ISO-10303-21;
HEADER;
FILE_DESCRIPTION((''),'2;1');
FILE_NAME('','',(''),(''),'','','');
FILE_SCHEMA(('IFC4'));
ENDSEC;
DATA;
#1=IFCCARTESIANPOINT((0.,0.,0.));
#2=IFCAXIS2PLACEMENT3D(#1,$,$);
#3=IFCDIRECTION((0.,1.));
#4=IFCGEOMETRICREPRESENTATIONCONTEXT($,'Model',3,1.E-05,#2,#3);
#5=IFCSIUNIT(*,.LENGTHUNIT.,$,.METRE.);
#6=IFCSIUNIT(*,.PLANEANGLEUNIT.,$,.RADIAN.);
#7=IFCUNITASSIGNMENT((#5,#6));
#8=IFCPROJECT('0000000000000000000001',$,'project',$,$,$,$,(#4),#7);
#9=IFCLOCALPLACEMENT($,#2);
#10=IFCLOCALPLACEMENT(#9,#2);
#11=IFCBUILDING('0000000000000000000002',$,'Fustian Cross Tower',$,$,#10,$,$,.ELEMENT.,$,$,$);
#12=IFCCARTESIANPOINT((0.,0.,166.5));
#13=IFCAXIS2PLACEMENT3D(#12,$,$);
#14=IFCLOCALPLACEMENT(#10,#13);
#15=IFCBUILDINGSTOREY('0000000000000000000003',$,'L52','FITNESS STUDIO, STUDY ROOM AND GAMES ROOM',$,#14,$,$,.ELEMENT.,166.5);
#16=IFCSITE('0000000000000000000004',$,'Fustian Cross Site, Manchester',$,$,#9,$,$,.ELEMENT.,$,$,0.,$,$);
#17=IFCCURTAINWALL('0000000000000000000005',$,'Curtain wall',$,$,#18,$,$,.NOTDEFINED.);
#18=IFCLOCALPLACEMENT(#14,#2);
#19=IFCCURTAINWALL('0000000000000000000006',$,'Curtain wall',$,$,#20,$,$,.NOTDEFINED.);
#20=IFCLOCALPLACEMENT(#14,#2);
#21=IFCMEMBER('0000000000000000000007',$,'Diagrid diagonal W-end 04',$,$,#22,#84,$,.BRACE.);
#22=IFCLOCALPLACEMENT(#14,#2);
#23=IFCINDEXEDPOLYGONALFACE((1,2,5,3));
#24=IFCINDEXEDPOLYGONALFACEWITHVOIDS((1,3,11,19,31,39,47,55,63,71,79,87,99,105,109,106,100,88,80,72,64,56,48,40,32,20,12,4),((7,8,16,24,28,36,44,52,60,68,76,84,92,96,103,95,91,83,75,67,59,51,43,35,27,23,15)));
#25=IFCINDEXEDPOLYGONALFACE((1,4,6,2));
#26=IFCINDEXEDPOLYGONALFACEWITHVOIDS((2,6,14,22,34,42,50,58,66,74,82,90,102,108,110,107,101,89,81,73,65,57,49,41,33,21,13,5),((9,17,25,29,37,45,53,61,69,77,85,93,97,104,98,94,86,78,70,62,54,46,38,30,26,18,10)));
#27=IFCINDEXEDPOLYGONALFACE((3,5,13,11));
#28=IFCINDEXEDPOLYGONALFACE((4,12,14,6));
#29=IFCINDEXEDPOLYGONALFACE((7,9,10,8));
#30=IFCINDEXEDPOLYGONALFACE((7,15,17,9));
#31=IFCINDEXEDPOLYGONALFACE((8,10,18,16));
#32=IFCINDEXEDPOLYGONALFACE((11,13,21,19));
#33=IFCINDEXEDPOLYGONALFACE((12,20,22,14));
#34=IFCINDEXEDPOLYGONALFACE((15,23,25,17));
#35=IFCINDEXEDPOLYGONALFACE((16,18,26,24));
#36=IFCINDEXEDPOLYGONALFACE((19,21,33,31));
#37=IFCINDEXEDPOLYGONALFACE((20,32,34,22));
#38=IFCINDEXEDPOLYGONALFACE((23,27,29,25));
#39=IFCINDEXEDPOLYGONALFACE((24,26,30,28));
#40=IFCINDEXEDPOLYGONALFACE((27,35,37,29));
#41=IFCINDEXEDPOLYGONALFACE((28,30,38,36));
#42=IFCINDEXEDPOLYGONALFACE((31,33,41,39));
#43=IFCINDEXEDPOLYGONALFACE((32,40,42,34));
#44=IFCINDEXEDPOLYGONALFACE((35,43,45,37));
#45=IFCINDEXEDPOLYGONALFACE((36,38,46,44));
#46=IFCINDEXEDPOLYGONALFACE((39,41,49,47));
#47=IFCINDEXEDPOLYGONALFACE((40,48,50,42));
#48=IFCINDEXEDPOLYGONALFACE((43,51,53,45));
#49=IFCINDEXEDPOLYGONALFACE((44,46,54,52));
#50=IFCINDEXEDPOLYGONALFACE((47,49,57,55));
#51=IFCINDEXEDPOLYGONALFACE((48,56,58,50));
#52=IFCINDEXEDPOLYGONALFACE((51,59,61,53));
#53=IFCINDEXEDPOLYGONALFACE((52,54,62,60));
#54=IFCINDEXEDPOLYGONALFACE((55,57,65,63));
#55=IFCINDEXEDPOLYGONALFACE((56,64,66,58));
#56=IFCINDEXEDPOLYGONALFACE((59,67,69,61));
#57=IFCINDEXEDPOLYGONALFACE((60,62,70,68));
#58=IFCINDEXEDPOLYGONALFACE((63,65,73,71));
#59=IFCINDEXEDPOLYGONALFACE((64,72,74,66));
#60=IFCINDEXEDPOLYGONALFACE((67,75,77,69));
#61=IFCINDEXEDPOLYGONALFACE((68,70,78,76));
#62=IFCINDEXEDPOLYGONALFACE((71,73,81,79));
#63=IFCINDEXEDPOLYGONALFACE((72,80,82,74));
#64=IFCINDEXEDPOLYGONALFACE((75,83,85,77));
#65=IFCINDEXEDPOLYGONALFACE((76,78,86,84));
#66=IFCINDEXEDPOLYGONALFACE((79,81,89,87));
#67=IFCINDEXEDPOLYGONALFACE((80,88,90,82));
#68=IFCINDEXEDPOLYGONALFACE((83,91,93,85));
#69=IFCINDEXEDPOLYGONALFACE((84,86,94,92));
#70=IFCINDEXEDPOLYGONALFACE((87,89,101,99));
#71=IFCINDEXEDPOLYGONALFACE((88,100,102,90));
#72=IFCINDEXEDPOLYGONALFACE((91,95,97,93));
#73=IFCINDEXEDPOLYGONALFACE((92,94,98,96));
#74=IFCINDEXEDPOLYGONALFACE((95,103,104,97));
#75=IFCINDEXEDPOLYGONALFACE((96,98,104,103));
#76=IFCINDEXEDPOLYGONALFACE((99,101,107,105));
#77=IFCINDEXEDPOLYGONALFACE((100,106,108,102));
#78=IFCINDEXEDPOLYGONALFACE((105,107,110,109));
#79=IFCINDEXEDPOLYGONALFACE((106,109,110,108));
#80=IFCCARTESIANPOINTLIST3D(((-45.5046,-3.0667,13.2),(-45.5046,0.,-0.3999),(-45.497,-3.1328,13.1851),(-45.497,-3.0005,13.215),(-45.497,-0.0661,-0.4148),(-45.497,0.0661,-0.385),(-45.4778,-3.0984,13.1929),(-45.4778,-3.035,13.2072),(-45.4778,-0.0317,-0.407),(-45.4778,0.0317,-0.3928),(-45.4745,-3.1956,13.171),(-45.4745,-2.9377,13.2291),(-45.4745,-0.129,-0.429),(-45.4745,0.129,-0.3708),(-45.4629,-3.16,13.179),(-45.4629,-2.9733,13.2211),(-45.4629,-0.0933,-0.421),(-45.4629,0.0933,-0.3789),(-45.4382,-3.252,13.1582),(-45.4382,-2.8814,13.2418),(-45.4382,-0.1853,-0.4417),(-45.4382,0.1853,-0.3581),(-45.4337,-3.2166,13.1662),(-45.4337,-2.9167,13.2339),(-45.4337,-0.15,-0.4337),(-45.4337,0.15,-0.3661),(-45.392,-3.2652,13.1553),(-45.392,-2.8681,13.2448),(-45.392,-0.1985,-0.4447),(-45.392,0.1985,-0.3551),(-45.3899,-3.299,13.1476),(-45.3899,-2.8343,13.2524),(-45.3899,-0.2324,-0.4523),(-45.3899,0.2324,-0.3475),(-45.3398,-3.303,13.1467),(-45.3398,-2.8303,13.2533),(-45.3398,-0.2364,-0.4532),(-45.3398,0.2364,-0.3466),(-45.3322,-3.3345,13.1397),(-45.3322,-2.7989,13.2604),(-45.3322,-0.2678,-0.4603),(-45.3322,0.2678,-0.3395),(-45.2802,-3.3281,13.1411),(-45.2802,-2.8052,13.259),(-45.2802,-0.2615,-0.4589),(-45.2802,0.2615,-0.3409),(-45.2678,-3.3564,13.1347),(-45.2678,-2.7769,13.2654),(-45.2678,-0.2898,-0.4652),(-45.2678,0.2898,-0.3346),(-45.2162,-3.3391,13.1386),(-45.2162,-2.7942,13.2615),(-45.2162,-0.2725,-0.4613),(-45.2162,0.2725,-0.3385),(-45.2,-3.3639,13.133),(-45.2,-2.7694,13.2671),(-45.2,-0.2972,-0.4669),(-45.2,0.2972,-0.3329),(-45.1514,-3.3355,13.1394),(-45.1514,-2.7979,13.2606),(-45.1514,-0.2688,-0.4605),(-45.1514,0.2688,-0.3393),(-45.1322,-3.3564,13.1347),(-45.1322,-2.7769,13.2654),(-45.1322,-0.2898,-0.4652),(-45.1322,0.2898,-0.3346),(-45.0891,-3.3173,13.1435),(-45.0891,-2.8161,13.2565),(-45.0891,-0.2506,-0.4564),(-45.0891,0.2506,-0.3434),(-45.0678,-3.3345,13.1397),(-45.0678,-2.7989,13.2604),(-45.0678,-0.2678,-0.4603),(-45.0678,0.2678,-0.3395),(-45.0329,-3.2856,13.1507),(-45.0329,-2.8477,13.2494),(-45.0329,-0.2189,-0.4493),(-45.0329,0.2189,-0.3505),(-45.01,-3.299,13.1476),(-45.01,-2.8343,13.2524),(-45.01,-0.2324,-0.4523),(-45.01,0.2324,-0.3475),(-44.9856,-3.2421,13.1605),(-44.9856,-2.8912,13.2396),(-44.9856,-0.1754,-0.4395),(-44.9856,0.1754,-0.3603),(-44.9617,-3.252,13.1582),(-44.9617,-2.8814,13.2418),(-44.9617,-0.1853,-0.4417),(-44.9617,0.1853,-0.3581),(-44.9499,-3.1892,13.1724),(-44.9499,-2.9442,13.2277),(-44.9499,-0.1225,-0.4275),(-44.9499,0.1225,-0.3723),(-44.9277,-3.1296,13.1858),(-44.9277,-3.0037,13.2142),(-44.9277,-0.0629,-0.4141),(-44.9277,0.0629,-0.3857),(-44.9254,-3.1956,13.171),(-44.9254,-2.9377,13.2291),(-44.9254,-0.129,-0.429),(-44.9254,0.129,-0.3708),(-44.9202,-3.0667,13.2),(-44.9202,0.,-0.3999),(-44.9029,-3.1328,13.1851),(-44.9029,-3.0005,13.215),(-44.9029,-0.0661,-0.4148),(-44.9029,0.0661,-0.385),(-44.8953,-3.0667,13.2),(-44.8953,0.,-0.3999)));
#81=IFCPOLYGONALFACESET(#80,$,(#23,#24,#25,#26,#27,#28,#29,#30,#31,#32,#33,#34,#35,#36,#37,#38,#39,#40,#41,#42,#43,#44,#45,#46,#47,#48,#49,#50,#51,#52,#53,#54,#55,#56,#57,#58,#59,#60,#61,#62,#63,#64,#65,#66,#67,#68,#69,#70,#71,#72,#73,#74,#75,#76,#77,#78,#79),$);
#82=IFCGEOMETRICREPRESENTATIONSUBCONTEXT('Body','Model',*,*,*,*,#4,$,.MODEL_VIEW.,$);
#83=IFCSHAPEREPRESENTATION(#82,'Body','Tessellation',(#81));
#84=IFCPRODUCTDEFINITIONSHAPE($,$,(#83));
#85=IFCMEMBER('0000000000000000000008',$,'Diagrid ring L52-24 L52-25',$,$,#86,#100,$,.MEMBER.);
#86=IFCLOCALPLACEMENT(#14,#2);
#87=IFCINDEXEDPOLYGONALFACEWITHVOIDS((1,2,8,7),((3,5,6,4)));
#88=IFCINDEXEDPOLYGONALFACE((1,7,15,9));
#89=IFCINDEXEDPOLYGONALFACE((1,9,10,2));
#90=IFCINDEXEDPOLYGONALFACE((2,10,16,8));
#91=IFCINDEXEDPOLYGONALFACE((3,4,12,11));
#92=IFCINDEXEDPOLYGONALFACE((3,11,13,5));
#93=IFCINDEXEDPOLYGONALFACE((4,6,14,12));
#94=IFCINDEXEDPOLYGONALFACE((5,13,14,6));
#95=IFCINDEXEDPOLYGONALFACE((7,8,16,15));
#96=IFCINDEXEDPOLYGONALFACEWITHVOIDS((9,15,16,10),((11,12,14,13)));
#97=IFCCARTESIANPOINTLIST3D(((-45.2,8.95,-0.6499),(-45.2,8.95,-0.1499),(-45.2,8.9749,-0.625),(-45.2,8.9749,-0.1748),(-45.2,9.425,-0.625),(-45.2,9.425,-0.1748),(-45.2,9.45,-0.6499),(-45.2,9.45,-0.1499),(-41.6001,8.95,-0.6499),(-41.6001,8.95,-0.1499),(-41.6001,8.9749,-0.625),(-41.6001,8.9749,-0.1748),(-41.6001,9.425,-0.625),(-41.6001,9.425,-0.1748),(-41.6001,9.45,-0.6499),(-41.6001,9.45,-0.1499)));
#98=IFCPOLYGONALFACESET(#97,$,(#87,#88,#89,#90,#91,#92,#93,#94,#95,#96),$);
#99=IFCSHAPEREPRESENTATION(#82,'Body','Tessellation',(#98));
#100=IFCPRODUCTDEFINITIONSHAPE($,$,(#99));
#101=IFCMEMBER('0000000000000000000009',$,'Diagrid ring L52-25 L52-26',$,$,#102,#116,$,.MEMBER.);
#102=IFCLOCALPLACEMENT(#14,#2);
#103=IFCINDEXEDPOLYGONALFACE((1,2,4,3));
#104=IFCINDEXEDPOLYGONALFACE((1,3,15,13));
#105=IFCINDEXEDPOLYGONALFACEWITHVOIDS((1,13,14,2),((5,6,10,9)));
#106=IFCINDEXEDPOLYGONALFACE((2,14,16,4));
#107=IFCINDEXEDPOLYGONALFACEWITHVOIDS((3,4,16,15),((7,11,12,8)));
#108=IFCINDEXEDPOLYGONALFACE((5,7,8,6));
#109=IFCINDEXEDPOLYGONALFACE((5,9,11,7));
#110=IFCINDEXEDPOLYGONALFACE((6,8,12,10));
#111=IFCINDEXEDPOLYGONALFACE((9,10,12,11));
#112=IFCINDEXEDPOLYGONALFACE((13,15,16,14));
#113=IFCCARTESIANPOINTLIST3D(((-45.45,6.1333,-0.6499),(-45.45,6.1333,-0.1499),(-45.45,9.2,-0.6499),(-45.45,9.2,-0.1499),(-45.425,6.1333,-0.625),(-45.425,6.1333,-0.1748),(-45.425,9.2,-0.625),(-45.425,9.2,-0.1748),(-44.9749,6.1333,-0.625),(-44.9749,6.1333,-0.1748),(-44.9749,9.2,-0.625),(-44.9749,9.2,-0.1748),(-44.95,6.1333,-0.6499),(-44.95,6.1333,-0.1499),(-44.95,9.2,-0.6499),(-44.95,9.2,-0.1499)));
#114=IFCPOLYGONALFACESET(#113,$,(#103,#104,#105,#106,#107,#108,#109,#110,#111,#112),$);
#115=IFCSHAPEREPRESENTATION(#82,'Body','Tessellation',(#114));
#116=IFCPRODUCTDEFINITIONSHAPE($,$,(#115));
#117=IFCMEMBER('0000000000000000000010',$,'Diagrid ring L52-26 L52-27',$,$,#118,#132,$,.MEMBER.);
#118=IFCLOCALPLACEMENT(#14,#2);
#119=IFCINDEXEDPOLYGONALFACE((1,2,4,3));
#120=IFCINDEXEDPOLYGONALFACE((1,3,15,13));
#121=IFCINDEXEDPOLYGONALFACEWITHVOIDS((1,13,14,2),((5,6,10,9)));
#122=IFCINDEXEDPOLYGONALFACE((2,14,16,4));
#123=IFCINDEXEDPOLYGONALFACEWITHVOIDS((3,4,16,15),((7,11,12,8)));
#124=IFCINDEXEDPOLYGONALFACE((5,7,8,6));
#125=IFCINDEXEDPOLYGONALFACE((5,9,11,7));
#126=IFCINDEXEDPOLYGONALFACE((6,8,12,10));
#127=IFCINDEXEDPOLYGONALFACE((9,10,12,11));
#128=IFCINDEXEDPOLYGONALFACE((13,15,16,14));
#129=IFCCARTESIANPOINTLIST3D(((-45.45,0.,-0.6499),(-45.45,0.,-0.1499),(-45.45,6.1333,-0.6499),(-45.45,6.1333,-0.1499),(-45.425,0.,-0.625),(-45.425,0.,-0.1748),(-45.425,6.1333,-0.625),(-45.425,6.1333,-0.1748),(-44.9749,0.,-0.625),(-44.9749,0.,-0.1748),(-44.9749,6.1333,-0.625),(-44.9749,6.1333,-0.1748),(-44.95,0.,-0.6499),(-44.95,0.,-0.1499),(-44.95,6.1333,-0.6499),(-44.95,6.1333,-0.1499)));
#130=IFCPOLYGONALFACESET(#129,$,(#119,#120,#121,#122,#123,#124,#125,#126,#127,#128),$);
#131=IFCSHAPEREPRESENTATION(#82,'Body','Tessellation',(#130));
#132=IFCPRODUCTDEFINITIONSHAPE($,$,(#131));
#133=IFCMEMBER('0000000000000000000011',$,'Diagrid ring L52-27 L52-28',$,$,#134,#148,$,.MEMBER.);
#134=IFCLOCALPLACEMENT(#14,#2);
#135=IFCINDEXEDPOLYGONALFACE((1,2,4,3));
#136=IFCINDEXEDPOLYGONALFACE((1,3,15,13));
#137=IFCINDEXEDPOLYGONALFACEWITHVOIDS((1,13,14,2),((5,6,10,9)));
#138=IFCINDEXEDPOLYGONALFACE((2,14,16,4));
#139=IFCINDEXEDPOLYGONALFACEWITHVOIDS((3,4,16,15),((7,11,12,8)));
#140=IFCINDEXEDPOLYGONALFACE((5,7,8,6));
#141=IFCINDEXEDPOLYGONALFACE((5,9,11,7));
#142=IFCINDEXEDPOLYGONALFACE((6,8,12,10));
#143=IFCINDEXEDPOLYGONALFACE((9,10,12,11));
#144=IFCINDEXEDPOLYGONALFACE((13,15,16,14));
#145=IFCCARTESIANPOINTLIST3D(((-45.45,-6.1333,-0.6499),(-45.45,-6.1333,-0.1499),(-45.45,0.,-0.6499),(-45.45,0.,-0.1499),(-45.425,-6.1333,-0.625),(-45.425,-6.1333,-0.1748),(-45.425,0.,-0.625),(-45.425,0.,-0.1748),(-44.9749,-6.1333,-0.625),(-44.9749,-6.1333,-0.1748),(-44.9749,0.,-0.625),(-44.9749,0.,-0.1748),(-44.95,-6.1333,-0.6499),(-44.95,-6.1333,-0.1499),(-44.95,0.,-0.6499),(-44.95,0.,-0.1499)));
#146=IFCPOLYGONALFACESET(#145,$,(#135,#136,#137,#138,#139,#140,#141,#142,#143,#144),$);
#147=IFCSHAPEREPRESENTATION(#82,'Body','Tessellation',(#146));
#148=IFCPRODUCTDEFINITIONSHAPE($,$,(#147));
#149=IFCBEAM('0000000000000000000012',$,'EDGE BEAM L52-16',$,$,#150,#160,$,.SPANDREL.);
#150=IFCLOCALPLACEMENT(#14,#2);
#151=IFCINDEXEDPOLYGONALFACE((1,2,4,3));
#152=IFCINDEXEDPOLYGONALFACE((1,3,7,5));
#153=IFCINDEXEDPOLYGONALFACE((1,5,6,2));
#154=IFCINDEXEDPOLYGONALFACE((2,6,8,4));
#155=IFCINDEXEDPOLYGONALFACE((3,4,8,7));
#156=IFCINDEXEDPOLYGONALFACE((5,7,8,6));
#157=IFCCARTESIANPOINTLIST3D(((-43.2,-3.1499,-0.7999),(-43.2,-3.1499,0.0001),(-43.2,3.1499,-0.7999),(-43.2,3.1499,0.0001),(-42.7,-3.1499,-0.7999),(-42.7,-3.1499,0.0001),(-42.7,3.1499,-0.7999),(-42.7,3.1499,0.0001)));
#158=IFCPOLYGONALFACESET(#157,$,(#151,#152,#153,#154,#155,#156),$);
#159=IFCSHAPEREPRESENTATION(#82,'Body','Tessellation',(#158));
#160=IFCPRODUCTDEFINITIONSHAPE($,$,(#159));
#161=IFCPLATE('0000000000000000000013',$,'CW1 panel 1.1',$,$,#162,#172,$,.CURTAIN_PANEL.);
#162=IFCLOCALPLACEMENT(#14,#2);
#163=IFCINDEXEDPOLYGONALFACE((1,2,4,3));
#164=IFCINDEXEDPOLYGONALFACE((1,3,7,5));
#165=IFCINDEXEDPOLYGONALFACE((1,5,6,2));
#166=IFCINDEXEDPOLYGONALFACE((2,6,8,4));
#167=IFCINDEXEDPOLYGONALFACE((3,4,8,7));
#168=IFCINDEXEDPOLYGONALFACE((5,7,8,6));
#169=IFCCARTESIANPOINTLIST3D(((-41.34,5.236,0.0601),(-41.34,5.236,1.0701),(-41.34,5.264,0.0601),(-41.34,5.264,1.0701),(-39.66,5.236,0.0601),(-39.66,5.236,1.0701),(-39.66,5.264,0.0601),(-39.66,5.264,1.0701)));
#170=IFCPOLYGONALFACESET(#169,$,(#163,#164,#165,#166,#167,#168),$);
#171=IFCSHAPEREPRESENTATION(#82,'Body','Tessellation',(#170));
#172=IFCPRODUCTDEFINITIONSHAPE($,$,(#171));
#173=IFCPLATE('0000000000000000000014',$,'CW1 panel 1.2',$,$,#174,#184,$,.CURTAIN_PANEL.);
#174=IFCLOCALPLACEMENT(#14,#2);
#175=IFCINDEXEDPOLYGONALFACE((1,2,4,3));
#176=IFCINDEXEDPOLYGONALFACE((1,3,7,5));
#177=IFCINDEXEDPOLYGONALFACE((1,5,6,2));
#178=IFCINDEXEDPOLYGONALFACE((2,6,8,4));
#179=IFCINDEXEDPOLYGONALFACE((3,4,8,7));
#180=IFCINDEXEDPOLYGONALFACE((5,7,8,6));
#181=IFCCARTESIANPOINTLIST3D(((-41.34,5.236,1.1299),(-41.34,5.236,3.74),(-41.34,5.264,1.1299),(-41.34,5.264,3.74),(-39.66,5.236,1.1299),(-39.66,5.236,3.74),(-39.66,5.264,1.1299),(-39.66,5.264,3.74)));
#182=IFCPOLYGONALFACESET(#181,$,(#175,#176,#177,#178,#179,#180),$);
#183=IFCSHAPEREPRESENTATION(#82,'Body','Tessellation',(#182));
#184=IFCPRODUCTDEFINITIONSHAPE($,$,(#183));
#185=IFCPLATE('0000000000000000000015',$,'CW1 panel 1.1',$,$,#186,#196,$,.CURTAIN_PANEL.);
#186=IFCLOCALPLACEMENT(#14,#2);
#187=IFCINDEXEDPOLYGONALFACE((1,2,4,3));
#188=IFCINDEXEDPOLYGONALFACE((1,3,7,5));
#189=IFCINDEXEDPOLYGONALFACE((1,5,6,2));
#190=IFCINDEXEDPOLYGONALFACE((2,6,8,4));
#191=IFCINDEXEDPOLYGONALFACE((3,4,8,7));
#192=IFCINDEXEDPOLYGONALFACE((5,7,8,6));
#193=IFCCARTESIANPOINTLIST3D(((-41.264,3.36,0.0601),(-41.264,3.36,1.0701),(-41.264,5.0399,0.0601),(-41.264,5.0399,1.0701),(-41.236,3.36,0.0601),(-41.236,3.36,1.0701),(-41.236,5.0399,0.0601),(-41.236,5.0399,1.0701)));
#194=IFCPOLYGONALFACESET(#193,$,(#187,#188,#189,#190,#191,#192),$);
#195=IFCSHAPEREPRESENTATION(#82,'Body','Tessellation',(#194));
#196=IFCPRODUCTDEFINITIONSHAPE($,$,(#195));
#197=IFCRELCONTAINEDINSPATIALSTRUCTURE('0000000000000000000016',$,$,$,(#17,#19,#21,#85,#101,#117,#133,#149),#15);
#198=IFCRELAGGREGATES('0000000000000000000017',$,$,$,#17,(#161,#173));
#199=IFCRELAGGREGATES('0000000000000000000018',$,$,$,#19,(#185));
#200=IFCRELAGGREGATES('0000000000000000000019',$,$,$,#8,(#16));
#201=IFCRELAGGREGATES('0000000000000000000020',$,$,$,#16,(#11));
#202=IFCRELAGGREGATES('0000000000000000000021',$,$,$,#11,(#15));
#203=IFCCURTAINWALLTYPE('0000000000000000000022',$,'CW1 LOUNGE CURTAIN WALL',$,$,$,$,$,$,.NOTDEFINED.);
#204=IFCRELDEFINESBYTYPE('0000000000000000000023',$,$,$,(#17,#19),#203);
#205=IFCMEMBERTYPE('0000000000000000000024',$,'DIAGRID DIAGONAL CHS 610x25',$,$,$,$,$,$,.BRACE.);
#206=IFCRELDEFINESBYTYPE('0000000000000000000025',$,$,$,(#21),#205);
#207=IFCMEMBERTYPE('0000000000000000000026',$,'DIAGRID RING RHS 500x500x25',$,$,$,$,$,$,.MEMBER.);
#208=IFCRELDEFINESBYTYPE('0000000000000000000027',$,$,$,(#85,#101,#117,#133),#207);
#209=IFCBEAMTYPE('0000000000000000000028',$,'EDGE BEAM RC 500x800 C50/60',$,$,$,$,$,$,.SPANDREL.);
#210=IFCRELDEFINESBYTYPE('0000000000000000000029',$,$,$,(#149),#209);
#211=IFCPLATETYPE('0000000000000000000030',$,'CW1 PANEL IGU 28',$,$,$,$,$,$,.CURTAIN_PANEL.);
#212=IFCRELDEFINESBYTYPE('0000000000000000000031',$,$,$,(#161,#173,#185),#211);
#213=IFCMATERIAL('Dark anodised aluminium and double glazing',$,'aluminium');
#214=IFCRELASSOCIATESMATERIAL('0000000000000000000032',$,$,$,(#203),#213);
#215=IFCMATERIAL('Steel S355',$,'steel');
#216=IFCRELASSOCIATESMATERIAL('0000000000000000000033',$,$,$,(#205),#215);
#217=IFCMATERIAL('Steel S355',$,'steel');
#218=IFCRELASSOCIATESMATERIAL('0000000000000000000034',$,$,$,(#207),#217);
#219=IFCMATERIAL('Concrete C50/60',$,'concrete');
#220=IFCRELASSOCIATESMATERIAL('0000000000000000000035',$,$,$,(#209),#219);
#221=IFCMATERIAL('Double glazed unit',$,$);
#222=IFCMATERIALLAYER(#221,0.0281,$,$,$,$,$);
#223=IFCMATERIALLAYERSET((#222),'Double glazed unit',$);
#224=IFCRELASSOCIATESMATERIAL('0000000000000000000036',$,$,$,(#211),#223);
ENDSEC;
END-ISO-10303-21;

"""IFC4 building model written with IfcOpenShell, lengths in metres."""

from ifc_helpers import new_model, si_unit, direction, frame, origin, origin_2d, place, context, subcontext, project, spatial, rectangle, hollow_rectangle, hollow_circle, extrude, material, layer, layer_set, material_profile, profile_set, type_object, element, aggregate, save


model = new_model("IFC4")

# Units and contexts
model_context = context("Model", 3, precision=1e-05, world=origin(), true_north=direction((0.0, 1.0)))
body_context = subcontext(model_context, "Body", "Model", "MODEL_VIEW")
ifc_project = project(units=[si_unit("LENGTHUNIT", "METRE"), si_unit("PLANEANGLEUNIT", "RADIAN")], contexts=[model_context])

# Site, building, storey
site_placement = place(None, origin())
site = spatial("IfcSite", under=ifc_project, at=site_placement, Name="Fustian Cross Site, Manchester", CompositionType="ELEMENT", RefElevation=0.0)
building_placement = place(site_placement, origin())
building = spatial("IfcBuilding", under=site, at=building_placement, Name="Fustian Cross Tower", CompositionType="ELEMENT")
storey_placement = place(building_placement, frame((0.0, 0.0, 166.5)))
storey = spatial("IfcBuildingStorey", under=building, at=storey_placement, Name="L52", Description="FITNESS STUDIO, STUDY ROOM AND GAMES ROOM", CompositionType="ELEMENT", Elevation=166.5)

# Curtain wall
ifc_material_1 = material(Name="Dark anodised aluminium and double glazing", Category="aluminium")
curtain_wall_type = type_object("IfcCurtainWallType", Name="CW1 LOUNGE CURTAIN WALL", PredefinedType="NOTDEFINED", material=ifc_material_1)
curtain_wall_1_placement = place(storey_placement, origin())
curtain_wall_1 = element("IfcCurtainWall", 1, at=curtain_wall_1_placement, inside=storey, type_object=curtain_wall_type, Name="Curtain wall", PredefinedType="NOTDEFINED")

# Curtain wall
curtain_wall_2_placement = place(storey_placement, origin())
curtain_wall_2 = element("IfcCurtainWall", 2, at=curtain_wall_2_placement, inside=storey, type_object=curtain_wall_type, Name="Curtain wall", PredefinedType="NOTDEFINED")

# Members
ifc_material_2 = material(Name="Steel S355", Category="steel")
ifc_material_profile_1 = material_profile(ifc_material_2, hollow_circle(Radius=0.3047, WallThickness=0.0249, at=origin_2d()), Name="CHS 610x25")
ifc_profile_set_1 = profile_set([ifc_material_profile_1], Name="Steel S355")
member_type_1 = type_object("IfcMemberType", Name="DIAGRID DIAGONAL CHS 610x25", PredefinedType="BRACE", material=ifc_profile_set_1)
for number, where, z_axis, x_axis, name in (
    (3, (-45.2, 0.0, -0.3999), (0.0, -0.219968, 0.975507), (1.0, 0.0, 0.0), "Diagrid diagonal W-end 04"),
):
    element("IfcMember", number, at=place(storey_placement, frame(where, z_axis=z_axis, x_axis=x_axis)), inside=storey, type_object=member_type_1, Name=name, PredefinedType="BRACE", context=body_context, shape_type="SweptSolid", body=[
        extrude(hollow_circle(Radius=0.3047, WallThickness=0.0249, at=origin_2d()), origin(), (0.0, 0.0, 1.0), 13.9414),
    ])
ifc_material_3 = material(Name="Steel S355", Category="steel")
ifc_material_profile_2 = material_profile(ifc_material_3, hollow_rectangle(XDim=0.5, YDim=0.5, WallThickness=0.0249, at=origin_2d()), Name="RHS 500x500x25")
ifc_profile_set_2 = profile_set([ifc_material_profile_2], Name="Steel S355")
member_type_2 = type_object("IfcMemberType", Name="DIAGRID RING RHS 500x500x25", PredefinedType="MEMBER", material=ifc_profile_set_2)
member_1_placement = place(storey_placement, frame((-41.6001, 9.2, -0.3999), z_axis=(-1.0, 0.0, 0.0), x_axis=(0.0, -1.0, 0.0)))
element("IfcMember", 4, at=member_1_placement, inside=storey, type_object=member_type_2, Name="Diagrid ring L52-24 L52-25", PredefinedType="MEMBER", context=body_context, shape_type="SweptSolid", body=[
    extrude(hollow_rectangle(XDim=0.5, YDim=0.5, WallThickness=0.0249, at=origin_2d()), origin(), (0.0, 0.0, 1.0), 3.5999),
])
member_2_placement = place(storey_placement, frame((-45.2, 9.2, -0.3999), z_axis=(0.0, -1.0, 0.0), x_axis=(1.0, 0.0, 0.0)))
element("IfcMember", 5, at=member_2_placement, inside=storey, type_object=member_type_2, Name="Diagrid ring L52-25 L52-26", PredefinedType="MEMBER", context=body_context, shape_type="SweptSolid", body=[
    extrude(hollow_rectangle(XDim=0.5, YDim=0.5, WallThickness=0.0249, at=origin_2d()), origin(), (0.0, 0.0, 1.0), 3.0667),
])
for number, where, z_axis, x_axis, name in (
    (6, (-45.2, 6.1333, -0.3999), (0.0, -1.0, 0.0), (1.0, 0.0, 0.0), "Diagrid ring L52-26 L52-27"),
    (7, (-45.2, 0.0, -0.3999), (0.0, -1.0, 0.0), (1.0, 0.0, 0.0), "Diagrid ring L52-27 L52-28"),
):
    element("IfcMember", number, at=place(storey_placement, frame(where, z_axis=z_axis, x_axis=x_axis)), inside=storey, type_object=member_type_2, Name=name, PredefinedType="MEMBER", context=body_context, shape_type="SweptSolid", body=[
        extrude(hollow_rectangle(XDim=0.5, YDim=0.5, WallThickness=0.0249, at=origin_2d()), origin(), (0.0, 0.0, 1.0), 6.1333),
    ])

# Beam
ifc_material_4 = material(Name="Concrete C50/60", Category="concrete")
ifc_material_profile_3 = material_profile(ifc_material_4, rectangle(XDim=0.5, YDim=0.8, at=origin_2d()), Name="RC 500x800")
ifc_profile_set_3 = profile_set([ifc_material_profile_3], Name="Concrete C50/60")
beam_type = type_object("IfcBeamType", Name="EDGE BEAM RC 500x800 C50/60", PredefinedType="SPANDREL", material=ifc_profile_set_3)
beam_placement = place(storey_placement, frame((-42.95, 3.1499, -0.3999), z_axis=(0.0, -1.0, 0.0), x_axis=(1.0, 0.0, 0.0)))
element("IfcBeam", 8, at=beam_placement, inside=storey, type_object=beam_type, Name="EDGE BEAM L52-16", PredefinedType="SPANDREL", context=body_context, shape_type="SweptSolid", body=[
    extrude(rectangle(XDim=0.5, YDim=0.8, at=origin_2d()), origin(), (0.0, 0.0, 1.0), 6.2998),
])

# Plates
ifc_material_5 = material(Name="Double glazed unit")
ifc_layer_1 = layer(ifc_material_5, 0.0281)
ifc_layer_set_1 = layer_set([ifc_layer_1], Name="Double glazed unit")
plate_type = type_object("IfcPlateType", Name="CW1 PANEL IGU 28", PredefinedType="CURTAIN_PANEL", material=ifc_layer_set_1)
plate_1_placement = place(storey_placement, frame((-40.5, 5.25, 0.0601), z_axis=(0.0, 0.0, 1.0), x_axis=(-1.0, 0.0, 0.0)))
plate_1 = element("IfcPlate", 9, at=plate_1_placement, type_object=plate_type, Name="CW1 panel 1.1", PredefinedType="CURTAIN_PANEL", context=body_context, shape_type="SweptSolid", body=[
    extrude(rectangle(XDim=1.6799, YDim=0.0281, at=origin_2d()), origin(), (0.0, 0.0, 1.0), 1.01),
])
plate_2_placement = place(storey_placement, frame((-40.5, 5.25, 1.1299), z_axis=(0.0, 0.0, 1.0), x_axis=(-1.0, 0.0, 0.0)))
plate_2 = element("IfcPlate", 10, at=plate_2_placement, type_object=plate_type, Name="CW1 panel 1.2", PredefinedType="CURTAIN_PANEL", context=body_context, shape_type="SweptSolid", body=[
    extrude(rectangle(XDim=1.6799, YDim=0.0281, at=origin_2d()), origin(), (0.0, 0.0, 1.0), 2.6101),
])
aggregate(curtain_wall_1, [plate_1, plate_2])
plate_3_placement = place(storey_placement, frame((-41.25, 4.2, 0.0601), z_axis=(0.0, 0.0, 1.0), x_axis=(0.0, -1.0, 0.0)))
plate_3 = element("IfcPlate", 11, at=plate_3_placement, type_object=plate_type, Name="CW1 panel 1.1", PredefinedType="CURTAIN_PANEL", context=body_context, shape_type="SweptSolid", body=[
    extrude(rectangle(XDim=1.6799, YDim=0.0281, at=origin_2d()), origin(), (0.0, 0.0, 1.0), 1.01),
])
aggregate(curtain_wall_2, [plate_3])

save(model, "model.ifc")
